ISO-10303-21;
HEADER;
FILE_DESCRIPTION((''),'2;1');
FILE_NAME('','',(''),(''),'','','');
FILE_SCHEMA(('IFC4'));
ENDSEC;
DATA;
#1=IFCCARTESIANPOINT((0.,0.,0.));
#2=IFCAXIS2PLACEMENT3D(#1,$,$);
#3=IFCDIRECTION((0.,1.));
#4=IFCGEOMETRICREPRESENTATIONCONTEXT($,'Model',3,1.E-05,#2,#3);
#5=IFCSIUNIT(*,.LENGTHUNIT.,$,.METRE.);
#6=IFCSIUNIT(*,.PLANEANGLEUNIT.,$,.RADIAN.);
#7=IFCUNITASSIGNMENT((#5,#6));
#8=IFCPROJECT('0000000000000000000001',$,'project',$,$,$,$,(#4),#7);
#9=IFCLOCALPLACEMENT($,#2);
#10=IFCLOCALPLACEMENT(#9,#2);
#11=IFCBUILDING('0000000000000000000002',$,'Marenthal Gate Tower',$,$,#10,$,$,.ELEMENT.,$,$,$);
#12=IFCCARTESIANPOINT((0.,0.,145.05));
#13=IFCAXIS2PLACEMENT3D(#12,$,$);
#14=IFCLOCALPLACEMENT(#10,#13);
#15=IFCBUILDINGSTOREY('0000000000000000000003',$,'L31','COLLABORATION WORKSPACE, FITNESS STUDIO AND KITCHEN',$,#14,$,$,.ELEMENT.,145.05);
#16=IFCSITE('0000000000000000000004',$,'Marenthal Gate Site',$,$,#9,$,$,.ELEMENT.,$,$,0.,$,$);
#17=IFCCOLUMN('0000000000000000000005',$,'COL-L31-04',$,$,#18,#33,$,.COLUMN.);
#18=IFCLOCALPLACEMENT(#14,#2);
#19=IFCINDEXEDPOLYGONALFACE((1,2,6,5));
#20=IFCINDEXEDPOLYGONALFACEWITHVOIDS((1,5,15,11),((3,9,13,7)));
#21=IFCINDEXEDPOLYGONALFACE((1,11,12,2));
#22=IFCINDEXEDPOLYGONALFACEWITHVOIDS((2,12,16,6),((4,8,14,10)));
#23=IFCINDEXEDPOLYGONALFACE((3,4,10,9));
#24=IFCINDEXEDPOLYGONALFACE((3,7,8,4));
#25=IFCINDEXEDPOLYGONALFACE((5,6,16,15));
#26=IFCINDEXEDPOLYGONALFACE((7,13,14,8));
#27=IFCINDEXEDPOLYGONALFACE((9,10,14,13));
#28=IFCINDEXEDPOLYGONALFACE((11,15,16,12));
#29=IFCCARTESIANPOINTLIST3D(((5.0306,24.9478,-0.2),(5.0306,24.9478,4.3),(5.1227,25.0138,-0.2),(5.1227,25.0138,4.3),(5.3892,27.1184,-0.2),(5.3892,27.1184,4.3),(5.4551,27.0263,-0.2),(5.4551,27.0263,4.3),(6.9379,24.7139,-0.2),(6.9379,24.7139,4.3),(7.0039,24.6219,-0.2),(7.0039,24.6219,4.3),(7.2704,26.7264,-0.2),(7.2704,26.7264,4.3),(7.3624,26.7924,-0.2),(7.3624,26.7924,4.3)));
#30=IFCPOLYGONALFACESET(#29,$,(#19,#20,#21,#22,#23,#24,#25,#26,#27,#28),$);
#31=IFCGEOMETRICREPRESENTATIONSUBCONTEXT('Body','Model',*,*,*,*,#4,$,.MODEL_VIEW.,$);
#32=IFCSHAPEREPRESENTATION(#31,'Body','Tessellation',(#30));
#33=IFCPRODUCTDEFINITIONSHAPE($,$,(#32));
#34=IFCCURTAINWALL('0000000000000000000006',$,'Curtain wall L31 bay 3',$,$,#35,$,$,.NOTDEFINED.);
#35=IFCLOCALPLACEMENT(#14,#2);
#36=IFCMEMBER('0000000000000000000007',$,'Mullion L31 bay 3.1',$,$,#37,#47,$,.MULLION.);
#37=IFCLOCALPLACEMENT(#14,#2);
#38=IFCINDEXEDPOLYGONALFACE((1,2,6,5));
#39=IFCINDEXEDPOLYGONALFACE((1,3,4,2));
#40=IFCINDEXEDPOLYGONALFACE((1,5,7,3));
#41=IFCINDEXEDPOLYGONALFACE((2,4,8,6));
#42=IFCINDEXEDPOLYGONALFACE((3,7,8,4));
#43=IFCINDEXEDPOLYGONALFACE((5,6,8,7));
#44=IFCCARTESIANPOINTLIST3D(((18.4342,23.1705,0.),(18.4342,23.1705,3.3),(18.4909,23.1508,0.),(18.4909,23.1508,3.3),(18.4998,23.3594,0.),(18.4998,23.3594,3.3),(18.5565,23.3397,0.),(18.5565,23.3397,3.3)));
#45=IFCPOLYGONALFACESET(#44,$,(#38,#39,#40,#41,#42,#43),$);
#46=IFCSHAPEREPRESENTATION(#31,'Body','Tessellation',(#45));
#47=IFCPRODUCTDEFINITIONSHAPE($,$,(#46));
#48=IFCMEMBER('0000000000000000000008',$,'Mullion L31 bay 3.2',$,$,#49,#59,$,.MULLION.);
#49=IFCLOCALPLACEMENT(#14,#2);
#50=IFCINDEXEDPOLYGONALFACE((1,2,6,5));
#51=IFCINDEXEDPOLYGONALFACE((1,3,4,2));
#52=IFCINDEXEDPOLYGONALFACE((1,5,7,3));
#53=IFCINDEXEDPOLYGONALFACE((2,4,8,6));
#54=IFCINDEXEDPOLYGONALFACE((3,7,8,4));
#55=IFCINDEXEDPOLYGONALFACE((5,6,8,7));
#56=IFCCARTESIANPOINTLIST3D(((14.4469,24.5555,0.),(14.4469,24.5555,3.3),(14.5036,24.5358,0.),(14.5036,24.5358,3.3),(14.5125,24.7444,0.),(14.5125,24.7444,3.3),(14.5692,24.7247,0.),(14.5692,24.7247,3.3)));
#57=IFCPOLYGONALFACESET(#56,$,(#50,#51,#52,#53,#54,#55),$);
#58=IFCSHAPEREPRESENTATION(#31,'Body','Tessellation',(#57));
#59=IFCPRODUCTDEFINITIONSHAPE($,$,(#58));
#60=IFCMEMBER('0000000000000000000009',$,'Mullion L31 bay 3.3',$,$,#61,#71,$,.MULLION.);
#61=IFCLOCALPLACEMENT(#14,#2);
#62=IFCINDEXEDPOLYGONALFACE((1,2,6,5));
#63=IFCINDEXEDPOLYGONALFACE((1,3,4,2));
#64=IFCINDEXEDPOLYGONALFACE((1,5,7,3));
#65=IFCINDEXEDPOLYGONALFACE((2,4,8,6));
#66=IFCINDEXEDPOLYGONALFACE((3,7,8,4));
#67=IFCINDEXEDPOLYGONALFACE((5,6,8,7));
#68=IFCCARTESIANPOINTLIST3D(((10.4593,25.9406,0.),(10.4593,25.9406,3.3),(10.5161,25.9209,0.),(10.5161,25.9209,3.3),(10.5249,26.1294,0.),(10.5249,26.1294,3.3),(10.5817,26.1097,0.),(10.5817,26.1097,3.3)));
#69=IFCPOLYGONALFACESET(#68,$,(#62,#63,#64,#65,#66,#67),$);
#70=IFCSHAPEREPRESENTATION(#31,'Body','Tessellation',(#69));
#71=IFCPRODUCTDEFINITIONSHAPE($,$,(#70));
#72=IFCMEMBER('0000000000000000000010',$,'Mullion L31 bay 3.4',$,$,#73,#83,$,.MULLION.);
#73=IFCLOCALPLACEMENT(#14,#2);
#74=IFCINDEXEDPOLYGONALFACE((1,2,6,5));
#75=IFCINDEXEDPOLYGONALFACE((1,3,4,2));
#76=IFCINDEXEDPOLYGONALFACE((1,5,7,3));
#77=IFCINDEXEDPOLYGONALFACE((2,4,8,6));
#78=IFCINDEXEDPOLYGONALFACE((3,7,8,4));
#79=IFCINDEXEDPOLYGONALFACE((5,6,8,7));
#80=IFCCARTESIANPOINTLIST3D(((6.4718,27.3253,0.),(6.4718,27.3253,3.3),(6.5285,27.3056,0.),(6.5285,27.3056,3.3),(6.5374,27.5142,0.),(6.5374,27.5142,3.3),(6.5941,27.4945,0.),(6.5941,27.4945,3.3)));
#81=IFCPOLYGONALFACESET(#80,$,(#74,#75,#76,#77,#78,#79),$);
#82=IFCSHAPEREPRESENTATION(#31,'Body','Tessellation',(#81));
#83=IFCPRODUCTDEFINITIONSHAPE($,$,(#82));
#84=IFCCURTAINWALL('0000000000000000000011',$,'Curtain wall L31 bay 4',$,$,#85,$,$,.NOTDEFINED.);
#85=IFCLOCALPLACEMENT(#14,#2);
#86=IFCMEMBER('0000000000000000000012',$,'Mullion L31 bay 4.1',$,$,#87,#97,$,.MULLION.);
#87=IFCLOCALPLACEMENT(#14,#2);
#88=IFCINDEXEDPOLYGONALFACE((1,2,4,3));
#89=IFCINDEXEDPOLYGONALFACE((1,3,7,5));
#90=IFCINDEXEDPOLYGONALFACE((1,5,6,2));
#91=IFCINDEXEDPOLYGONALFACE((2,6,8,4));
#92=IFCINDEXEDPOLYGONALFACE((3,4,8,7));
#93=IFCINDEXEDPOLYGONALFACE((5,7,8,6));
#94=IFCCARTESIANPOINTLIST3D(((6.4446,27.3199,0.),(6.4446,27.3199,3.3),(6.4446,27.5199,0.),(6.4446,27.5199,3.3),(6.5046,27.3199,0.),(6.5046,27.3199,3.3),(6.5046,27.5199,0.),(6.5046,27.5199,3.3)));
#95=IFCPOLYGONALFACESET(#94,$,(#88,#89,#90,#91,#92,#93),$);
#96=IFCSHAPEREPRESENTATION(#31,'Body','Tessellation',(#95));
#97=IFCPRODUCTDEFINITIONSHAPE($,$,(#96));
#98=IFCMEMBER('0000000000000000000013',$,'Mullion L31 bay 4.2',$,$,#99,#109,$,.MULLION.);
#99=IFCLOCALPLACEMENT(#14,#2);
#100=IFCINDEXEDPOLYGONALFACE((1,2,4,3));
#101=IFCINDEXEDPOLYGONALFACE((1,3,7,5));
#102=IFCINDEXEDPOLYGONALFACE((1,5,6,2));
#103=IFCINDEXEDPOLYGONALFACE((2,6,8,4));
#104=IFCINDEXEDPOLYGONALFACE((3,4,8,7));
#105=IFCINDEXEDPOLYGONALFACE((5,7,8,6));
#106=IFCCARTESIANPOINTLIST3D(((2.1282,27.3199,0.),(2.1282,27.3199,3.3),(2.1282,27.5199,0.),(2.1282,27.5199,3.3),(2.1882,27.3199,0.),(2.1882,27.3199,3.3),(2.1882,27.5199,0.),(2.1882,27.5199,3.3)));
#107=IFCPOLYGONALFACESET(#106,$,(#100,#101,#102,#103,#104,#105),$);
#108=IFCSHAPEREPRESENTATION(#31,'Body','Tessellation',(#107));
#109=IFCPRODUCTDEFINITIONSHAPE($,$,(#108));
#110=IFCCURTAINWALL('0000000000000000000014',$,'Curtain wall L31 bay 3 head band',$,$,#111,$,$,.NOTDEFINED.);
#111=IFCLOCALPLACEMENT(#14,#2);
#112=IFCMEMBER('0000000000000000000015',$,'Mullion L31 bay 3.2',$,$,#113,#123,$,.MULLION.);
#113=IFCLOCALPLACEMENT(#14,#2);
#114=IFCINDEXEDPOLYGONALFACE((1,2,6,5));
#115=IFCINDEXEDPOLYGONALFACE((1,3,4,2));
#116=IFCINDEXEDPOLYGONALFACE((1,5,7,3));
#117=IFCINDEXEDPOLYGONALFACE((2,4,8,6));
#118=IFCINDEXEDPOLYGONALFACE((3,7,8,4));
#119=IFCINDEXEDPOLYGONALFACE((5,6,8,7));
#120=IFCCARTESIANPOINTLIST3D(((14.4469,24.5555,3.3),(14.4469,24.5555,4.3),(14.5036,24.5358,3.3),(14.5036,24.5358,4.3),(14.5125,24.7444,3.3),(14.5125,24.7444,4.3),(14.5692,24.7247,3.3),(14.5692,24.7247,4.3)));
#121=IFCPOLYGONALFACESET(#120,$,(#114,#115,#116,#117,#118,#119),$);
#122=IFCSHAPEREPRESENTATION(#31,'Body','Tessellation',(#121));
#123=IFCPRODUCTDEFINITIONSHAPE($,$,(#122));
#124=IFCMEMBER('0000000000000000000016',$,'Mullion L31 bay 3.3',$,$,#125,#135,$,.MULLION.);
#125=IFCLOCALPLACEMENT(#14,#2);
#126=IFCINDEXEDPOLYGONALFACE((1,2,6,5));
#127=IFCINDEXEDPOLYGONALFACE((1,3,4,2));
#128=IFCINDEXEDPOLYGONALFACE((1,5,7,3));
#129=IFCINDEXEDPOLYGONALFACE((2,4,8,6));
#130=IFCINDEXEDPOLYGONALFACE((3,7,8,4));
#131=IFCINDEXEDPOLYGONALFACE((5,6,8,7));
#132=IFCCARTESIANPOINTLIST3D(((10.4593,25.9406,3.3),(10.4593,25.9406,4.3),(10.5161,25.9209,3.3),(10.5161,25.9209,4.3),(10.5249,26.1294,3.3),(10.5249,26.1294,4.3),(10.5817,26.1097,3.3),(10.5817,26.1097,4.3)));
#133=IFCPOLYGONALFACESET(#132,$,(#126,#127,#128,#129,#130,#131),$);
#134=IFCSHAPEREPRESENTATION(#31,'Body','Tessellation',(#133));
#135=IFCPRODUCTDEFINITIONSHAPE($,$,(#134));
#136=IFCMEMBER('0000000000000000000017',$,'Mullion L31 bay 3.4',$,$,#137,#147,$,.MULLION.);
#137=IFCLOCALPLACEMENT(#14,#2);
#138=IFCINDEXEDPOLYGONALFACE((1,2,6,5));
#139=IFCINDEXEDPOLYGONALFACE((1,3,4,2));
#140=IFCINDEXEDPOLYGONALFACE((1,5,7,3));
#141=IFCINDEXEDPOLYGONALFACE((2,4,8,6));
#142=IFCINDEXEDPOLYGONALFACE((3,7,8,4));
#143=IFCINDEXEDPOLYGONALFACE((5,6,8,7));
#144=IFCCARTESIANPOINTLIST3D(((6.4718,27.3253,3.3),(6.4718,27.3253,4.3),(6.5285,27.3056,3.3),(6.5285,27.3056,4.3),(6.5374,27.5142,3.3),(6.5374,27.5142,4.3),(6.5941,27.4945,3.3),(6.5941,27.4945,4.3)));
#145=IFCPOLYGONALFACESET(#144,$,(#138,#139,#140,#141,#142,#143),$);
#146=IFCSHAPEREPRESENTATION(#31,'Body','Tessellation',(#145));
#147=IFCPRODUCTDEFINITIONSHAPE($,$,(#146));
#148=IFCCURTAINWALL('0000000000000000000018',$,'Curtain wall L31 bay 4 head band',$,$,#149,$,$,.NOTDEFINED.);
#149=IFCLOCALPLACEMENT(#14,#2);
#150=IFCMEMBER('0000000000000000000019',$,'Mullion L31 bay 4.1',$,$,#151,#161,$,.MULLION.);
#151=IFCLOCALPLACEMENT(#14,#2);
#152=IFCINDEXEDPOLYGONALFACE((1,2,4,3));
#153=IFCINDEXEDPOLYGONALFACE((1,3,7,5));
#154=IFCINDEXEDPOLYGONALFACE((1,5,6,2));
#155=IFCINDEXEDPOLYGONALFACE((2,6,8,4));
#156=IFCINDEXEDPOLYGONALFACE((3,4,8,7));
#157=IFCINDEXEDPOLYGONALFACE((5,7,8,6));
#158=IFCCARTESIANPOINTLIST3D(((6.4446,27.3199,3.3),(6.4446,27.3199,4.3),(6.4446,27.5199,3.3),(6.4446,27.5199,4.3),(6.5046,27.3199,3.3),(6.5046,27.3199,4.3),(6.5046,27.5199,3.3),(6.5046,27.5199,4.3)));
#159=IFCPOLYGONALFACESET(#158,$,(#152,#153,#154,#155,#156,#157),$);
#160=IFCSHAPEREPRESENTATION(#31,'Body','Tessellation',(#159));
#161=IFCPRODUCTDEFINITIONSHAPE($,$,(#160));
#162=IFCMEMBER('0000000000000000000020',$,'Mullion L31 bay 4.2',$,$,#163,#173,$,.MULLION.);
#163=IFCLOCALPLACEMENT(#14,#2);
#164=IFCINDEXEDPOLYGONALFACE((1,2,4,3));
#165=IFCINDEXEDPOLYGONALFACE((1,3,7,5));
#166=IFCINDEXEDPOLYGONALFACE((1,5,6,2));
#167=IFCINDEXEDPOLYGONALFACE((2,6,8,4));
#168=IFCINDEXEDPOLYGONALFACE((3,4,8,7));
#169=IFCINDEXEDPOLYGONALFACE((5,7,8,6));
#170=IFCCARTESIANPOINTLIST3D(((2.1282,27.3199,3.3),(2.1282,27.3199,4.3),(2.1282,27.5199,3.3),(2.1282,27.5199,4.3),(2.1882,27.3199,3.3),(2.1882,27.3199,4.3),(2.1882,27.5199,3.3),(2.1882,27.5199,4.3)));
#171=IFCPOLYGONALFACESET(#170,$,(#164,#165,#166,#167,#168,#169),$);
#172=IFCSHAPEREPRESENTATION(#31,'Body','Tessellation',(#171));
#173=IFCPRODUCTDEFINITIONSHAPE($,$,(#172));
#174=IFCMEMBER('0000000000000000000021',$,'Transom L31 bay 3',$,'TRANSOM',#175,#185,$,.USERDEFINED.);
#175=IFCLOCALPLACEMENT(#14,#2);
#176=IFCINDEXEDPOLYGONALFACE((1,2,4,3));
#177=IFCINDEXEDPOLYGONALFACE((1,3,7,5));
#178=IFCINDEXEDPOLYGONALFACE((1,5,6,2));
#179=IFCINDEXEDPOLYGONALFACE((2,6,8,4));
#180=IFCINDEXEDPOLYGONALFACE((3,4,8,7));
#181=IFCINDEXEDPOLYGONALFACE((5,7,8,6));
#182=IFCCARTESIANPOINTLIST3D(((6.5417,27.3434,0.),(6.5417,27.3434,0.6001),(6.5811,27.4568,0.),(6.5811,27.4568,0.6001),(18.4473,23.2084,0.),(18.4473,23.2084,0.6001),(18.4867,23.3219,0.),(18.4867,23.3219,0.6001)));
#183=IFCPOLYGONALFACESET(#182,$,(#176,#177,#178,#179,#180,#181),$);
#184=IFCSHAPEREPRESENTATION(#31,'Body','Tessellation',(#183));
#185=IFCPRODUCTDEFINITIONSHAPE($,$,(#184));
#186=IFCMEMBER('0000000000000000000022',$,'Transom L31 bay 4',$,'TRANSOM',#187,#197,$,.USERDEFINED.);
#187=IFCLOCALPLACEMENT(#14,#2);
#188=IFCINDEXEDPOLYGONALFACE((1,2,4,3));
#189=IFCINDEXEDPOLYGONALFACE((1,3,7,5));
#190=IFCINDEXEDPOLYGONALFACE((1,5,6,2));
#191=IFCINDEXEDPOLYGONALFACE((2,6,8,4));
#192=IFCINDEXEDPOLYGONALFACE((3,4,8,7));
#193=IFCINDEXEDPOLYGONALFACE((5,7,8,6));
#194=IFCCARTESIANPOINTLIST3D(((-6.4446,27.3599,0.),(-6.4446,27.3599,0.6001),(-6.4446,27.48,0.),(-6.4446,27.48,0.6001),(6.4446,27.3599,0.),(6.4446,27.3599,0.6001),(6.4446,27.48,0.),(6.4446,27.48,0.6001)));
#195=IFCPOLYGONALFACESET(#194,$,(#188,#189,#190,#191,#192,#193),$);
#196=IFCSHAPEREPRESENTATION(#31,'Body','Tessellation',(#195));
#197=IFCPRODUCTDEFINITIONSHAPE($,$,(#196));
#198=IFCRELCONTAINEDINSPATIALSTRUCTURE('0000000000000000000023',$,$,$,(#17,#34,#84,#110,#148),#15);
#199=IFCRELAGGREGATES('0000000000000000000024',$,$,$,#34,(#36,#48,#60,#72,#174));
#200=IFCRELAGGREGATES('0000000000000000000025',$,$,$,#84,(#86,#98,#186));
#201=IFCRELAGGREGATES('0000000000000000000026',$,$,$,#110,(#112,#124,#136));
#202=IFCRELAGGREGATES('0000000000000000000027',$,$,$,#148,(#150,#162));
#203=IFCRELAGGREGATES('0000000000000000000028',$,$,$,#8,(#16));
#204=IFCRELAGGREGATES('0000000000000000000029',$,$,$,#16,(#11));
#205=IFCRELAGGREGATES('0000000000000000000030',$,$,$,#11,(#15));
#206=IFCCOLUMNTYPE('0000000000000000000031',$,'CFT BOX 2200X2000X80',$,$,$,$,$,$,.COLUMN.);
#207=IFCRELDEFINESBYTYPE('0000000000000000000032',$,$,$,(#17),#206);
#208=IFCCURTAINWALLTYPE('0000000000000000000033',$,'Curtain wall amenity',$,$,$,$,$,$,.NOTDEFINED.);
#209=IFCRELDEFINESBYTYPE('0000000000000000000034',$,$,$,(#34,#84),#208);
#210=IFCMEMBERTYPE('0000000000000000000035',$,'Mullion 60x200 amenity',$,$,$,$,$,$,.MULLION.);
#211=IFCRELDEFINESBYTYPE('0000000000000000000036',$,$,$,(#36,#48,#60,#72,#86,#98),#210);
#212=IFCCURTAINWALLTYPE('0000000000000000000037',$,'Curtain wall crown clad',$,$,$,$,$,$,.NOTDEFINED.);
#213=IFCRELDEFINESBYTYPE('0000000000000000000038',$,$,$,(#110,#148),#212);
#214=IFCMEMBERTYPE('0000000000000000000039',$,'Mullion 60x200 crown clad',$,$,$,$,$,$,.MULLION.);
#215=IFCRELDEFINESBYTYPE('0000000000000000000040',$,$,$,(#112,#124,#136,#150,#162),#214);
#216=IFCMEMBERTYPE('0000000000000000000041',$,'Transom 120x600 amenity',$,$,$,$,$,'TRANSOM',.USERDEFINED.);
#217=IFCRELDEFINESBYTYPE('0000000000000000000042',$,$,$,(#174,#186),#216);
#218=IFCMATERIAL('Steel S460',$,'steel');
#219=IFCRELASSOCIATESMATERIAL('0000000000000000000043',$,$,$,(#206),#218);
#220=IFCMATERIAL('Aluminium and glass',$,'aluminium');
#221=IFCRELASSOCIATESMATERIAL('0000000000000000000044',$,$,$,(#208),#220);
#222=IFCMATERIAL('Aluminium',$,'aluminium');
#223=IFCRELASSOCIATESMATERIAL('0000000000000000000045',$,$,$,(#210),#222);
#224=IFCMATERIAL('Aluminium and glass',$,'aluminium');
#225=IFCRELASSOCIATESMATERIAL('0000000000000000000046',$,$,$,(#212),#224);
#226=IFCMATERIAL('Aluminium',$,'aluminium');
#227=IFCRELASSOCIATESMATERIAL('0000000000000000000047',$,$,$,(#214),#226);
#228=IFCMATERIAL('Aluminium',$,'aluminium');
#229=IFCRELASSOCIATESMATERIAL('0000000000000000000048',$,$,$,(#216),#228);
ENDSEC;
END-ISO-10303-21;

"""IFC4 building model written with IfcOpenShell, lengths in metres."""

from ifc_helpers import new_model, si_unit, direction, frame, origin, origin_2d, place, context, subcontext, project, spatial, rectangle, hollow_rectangle, extrude, material, material_profile, profile_set, type_object, element, aggregate, save


model = new_model("IFC4")

# Units and contexts
model_context = context("Model", 3, precision=1e-05, world=origin(), true_north=direction((0.0, 1.0)))
body_context = subcontext(model_context, "Body", "Model", "MODEL_VIEW")
ifc_project = project(units=[si_unit("LENGTHUNIT", "METRE"), si_unit("PLANEANGLEUNIT", "RADIAN")], contexts=[model_context])

# Site, building, storey
site_placement = place(None, origin())
site = spatial("IfcSite", under=ifc_project, at=site_placement, Name="Marenthal Gate Site", CompositionType="ELEMENT", RefElevation=0.0)
building_placement = place(site_placement, origin())
building = spatial("IfcBuilding", under=site, at=building_placement, Name="Marenthal Gate Tower", CompositionType="ELEMENT")
storey_placement = place(building_placement, frame((0.0, 0.0, 145.05)))
storey = spatial("IfcBuildingStorey", under=building, at=storey_placement, Name="L31", Description="COLLABORATION WORKSPACE, FITNESS STUDIO AND KITCHEN", CompositionType="ELEMENT", Elevation=145.05)

# Column
ifc_material_1 = material(Name="Steel S460", Category="steel")
ifc_material_profile_1 = material_profile(ifc_material_1, hollow_rectangle(XDim=2.0, YDim=2.2, WallThickness=0.0801, at=origin_2d()), Name="CFT BOX 2200X2000X80")
ifc_material_2 = material(Name="Concrete 70 MPa", Category="concrete")
ifc_material_profile_2 = material_profile(ifc_material_2, rectangle(XDim=1.8401, YDim=2.04, at=origin_2d()), Name="CFT BOX 2200X2000X80 INFILL")
ifc_profile_set_1 = profile_set([ifc_material_profile_1, ifc_material_profile_2], Name="Steel S460 shell, Concrete 70 MPa infill")
column_type = type_object("IfcColumnType", Name="CFT BOX 2200X2000X80", PredefinedType="COLUMN", material=ifc_profile_set_1)
column_placement = place(storey_placement, frame((6.1965, 25.8701, -0.2), z_axis=(0.0, 0.0, 1.0), x_axis=(0.986629, -0.16298, 0.0)))
element("IfcColumn", 1, at=column_placement, inside=storey, type_object=column_type, Name="COL-L31-04", PredefinedType="COLUMN", context=body_context, shape_type="SweptSolid", body=[
    extrude(hollow_rectangle(XDim=2.0, YDim=2.2, WallThickness=0.0801, at=origin_2d()), origin(), (0.0, 0.0, 1.0), 4.5),
])

# Curtain walls, members
ifc_material_3 = material(Name="Aluminium and glass", Category="aluminium")
curtain_wall_type_1 = type_object("IfcCurtainWallType", Name="Curtain wall amenity", PredefinedType="NOTDEFINED", material=ifc_material_3)
curtain_wall_1_placement = place(storey_placement, origin())
curtain_wall_1 = element("IfcCurtainWall", 2, at=curtain_wall_1_placement, inside=storey, type_object=curtain_wall_type_1, Name="Curtain wall L31 bay 3", PredefinedType="NOTDEFINED")
ifc_material_4 = material(Name="Aluminium", Category="aluminium")
ifc_material_profile_3 = material_profile(ifc_material_4, rectangle(XDim=0.2, YDim=0.0601, at=origin_2d()), Name="60x200 aluminium mullion")
ifc_profile_set_2 = profile_set([ifc_material_profile_3], Name="Aluminium")
member_type_1 = type_object("IfcMemberType", Name="Mullion 60x200 amenity", PredefinedType="MULLION", material=ifc_profile_set_2)
member_1_placement = place(storey_placement, frame((18.4954, 23.2551, 0.0), z_axis=(0.0, 0.0, 1.0), x_axis=(-0.328089, -0.944647, 0.0)))
member_1 = element("IfcMember", 3, at=member_1_placement, type_object=member_type_1, Name="Mullion L31 bay 3.1", PredefinedType="MULLION", context=body_context, shape_type="SweptSolid", body=[
    extrude(rectangle(XDim=0.2, YDim=0.0601, at=origin_2d()), origin(), (0.0, 0.0, 1.0), 3.3),
])
member_2_placement = place(storey_placement, frame((14.5081, 24.6401, 0.0), z_axis=(0.0, 0.0, 1.0), x_axis=(-0.328089, -0.944647, 0.0)))
member_2 = element("IfcMember", 4, at=member_2_placement, type_object=member_type_1, Name="Mullion L31 bay 3.2", PredefinedType="MULLION", context=body_context, shape_type="SweptSolid", body=[
    extrude(rectangle(XDim=0.2, YDim=0.0601, at=origin_2d()), origin(), (0.0, 0.0, 1.0), 3.3),
])
member_3_placement = place(storey_placement, frame((10.5205, 26.0251, 0.0), z_axis=(0.0, 0.0, 1.0), x_axis=(-0.328089, -0.944647, 0.0)))
member_3 = element("IfcMember", 5, at=member_3_placement, type_object=member_type_1, Name="Mullion L31 bay 3.3", PredefinedType="MULLION", context=body_context, shape_type="SweptSolid", body=[
    extrude(rectangle(XDim=0.2, YDim=0.0601, at=origin_2d()), origin(), (0.0, 0.0, 1.0), 3.3),
])
member_4_placement = place(storey_placement, frame((6.533, 27.4099, 0.0), z_axis=(0.0, 0.0, 1.0), x_axis=(-0.328089, -0.944647, 0.0)))
member_4 = element("IfcMember", 6, at=member_4_placement, type_object=member_type_1, Name="Mullion L31 bay 3.4", PredefinedType="MULLION", context=body_context, shape_type="SweptSolid", body=[
    extrude(rectangle(XDim=0.2, YDim=0.0601, at=origin_2d()), origin(), (0.0, 0.0, 1.0), 3.3),
])
curtain_wall_2_placement = place(storey_placement, origin())
curtain_wall_2 = element("IfcCurtainWall", 7, at=curtain_wall_2_placement, inside=storey, type_object=curtain_wall_type_1, Name="Curtain wall L31 bay 4", PredefinedType="NOTDEFINED")
member_5_placement = place(storey_placement, frame((6.4746, 27.4199, 0.0), z_axis=(0.0, 0.0, 1.0), x_axis=(0.0, -1.0, 0.0)))
member_5 = element("IfcMember", 8, at=member_5_placement, type_object=member_type_1, Name="Mullion L31 bay 4.1", PredefinedType="MULLION", context=body_context, shape_type="SweptSolid", body=[
    extrude(rectangle(XDim=0.2, YDim=0.0601, at=origin_2d()), origin(), (0.0, 0.0, 1.0), 3.3),
])
member_6_placement = place(storey_placement, frame((2.1582, 27.4199, 0.0), z_axis=(0.0, 0.0, 1.0), x_axis=(0.0, -1.0, 0.0)))
member_6 = element("IfcMember", 9, at=member_6_placement, type_object=member_type_1, Name="Mullion L31 bay 4.2", PredefinedType="MULLION", context=body_context, shape_type="SweptSolid", body=[
    extrude(rectangle(XDim=0.2, YDim=0.0601, at=origin_2d()), origin(), (0.0, 0.0, 1.0), 3.3),
])
ifc_material_5 = material(Name="Aluminium and glass", Category="aluminium")
curtain_wall_type_2 = type_object("IfcCurtainWallType", Name="Curtain wall crown clad", PredefinedType="NOTDEFINED", material=ifc_material_5)
curtain_wall_3_placement = place(storey_placement, origin())
curtain_wall_3 = element("IfcCurtainWall", 10, at=curtain_wall_3_placement, inside=storey, type_object=curtain_wall_type_2, Name="Curtain wall L31 bay 3 head band", PredefinedType="NOTDEFINED")
ifc_material_6 = material(Name="Aluminium", Category="aluminium")
ifc_material_profile_4 = material_profile(ifc_material_6, rectangle(XDim=0.2, YDim=0.0601, at=origin_2d()), Name="60x200 aluminium mullion")
ifc_profile_set_3 = profile_set([ifc_material_profile_4], Name="Aluminium")
member_type_2 = type_object("IfcMemberType", Name="Mullion 60x200 crown clad", PredefinedType="MULLION", material=ifc_profile_set_3)
member_7_placement = place(storey_placement, frame((14.5081, 24.6401, 3.3), z_axis=(0.0, 0.0, 1.0), x_axis=(-0.328089, -0.944647, 0.0)))
member_7 = element("IfcMember", 11, at=member_7_placement, type_object=member_type_2, Name="Mullion L31 bay 3.2", PredefinedType="MULLION", context=body_context, shape_type="SweptSolid", body=[
    extrude(rectangle(XDim=0.2, YDim=0.0601, at=origin_2d()), origin(), (0.0, 0.0, 1.0), 1.0),
])
member_8_placement = place(storey_placement, frame((10.5205, 26.0251, 3.3), z_axis=(0.0, 0.0, 1.0), x_axis=(-0.328089, -0.944647, 0.0)))
member_8 = element("IfcMember", 12, at=member_8_placement, type_object=member_type_2, Name="Mullion L31 bay 3.3", PredefinedType="MULLION", context=body_context, shape_type="SweptSolid", body=[
    extrude(rectangle(XDim=0.2, YDim=0.0601, at=origin_2d()), origin(), (0.0, 0.0, 1.0), 1.0),
])
member_9_placement = place(storey_placement, frame((6.533, 27.4099, 3.3), z_axis=(0.0, 0.0, 1.0), x_axis=(-0.328089, -0.944647, 0.0)))
member_9 = element("IfcMember", 13, at=member_9_placement, type_object=member_type_2, Name="Mullion L31 bay 3.4", PredefinedType="MULLION", context=body_context, shape_type="SweptSolid", body=[
    extrude(rectangle(XDim=0.2, YDim=0.0601, at=origin_2d()), origin(), (0.0, 0.0, 1.0), 1.0),
])
curtain_wall_4_placement = place(storey_placement, origin())
curtain_wall_4 = element("IfcCurtainWall", 14, at=curtain_wall_4_placement, inside=storey, type_object=curtain_wall_type_2, Name="Curtain wall L31 bay 4 head band", PredefinedType="NOTDEFINED")
member_10_placement = place(storey_placement, frame((6.4746, 27.4199, 3.3), z_axis=(0.0, 0.0, 1.0), x_axis=(0.0, -1.0, 0.0)))
member_10 = element("IfcMember", 15, at=member_10_placement, type_object=member_type_2, Name="Mullion L31 bay 4.1", PredefinedType="MULLION", context=body_context, shape_type="SweptSolid", body=[
    extrude(rectangle(XDim=0.2, YDim=0.0601, at=origin_2d()), origin(), (0.0, 0.0, 1.0), 1.0),
])
member_11_placement = place(storey_placement, frame((2.1582, 27.4199, 3.3), z_axis=(0.0, 0.0, 1.0), x_axis=(0.0, -1.0, 0.0)))
member_11 = element("IfcMember", 16, at=member_11_placement, type_object=member_type_2, Name="Mullion L31 bay 4.2", PredefinedType="MULLION", context=body_context, shape_type="SweptSolid", body=[
    extrude(rectangle(XDim=0.2, YDim=0.0601, at=origin_2d()), origin(), (0.0, 0.0, 1.0), 1.0),
])

# Members
ifc_material_7 = material(Name="Aluminium", Category="aluminium")
ifc_material_profile_5 = material_profile(ifc_material_7, rectangle(XDim=0.1201, YDim=0.6001, at=origin_2d()), Name="120x600 aluminium transom")
ifc_profile_set_4 = profile_set([ifc_material_profile_5], Name="Aluminium")
member_type_3 = type_object("IfcMemberType", Name="Transom 120x600 amenity", ElementType="TRANSOM", PredefinedType="USERDEFINED", material=ifc_profile_set_4)
member_12_placement = place(storey_placement, frame((18.467, 23.2651, 0.3), z_axis=(-0.944647, 0.328087, 0.0), x_axis=(-0.328087, -0.944647, 0.0)))
member_12 = element("IfcMember", 17, at=member_12_placement, type_object=member_type_3, Name="Transom L31 bay 3", ObjectType="TRANSOM", PredefinedType="USERDEFINED", context=body_context, shape_type="SweptSolid", body=[
    extrude(rectangle(XDim=0.1201, YDim=0.6001, at=origin_2d()), origin(), (0.0, 0.0, 1.0), 12.6033),
])
member_13_placement = place(storey_placement, frame((6.4446, 27.4199, 0.3), z_axis=(-1.0, 0.0, 0.0), x_axis=(0.0, -1.0, 0.0)))
member_13 = element("IfcMember", 18, at=member_13_placement, type_object=member_type_3, Name="Transom L31 bay 4", ObjectType="TRANSOM", PredefinedType="USERDEFINED", context=body_context, shape_type="SweptSolid", body=[
    extrude(rectangle(XDim=0.1201, YDim=0.6001, at=origin_2d()), origin(), (0.0, 0.0, 1.0), 12.8892),
])

aggregate(curtain_wall_1, [member_1, member_2, member_3, member_4, member_12])
aggregate(curtain_wall_2, [member_5, member_6, member_13])
aggregate(curtain_wall_3, [member_7, member_8, member_9])
aggregate(curtain_wall_4, [member_10, member_11])

save(model, "model.ifc")
